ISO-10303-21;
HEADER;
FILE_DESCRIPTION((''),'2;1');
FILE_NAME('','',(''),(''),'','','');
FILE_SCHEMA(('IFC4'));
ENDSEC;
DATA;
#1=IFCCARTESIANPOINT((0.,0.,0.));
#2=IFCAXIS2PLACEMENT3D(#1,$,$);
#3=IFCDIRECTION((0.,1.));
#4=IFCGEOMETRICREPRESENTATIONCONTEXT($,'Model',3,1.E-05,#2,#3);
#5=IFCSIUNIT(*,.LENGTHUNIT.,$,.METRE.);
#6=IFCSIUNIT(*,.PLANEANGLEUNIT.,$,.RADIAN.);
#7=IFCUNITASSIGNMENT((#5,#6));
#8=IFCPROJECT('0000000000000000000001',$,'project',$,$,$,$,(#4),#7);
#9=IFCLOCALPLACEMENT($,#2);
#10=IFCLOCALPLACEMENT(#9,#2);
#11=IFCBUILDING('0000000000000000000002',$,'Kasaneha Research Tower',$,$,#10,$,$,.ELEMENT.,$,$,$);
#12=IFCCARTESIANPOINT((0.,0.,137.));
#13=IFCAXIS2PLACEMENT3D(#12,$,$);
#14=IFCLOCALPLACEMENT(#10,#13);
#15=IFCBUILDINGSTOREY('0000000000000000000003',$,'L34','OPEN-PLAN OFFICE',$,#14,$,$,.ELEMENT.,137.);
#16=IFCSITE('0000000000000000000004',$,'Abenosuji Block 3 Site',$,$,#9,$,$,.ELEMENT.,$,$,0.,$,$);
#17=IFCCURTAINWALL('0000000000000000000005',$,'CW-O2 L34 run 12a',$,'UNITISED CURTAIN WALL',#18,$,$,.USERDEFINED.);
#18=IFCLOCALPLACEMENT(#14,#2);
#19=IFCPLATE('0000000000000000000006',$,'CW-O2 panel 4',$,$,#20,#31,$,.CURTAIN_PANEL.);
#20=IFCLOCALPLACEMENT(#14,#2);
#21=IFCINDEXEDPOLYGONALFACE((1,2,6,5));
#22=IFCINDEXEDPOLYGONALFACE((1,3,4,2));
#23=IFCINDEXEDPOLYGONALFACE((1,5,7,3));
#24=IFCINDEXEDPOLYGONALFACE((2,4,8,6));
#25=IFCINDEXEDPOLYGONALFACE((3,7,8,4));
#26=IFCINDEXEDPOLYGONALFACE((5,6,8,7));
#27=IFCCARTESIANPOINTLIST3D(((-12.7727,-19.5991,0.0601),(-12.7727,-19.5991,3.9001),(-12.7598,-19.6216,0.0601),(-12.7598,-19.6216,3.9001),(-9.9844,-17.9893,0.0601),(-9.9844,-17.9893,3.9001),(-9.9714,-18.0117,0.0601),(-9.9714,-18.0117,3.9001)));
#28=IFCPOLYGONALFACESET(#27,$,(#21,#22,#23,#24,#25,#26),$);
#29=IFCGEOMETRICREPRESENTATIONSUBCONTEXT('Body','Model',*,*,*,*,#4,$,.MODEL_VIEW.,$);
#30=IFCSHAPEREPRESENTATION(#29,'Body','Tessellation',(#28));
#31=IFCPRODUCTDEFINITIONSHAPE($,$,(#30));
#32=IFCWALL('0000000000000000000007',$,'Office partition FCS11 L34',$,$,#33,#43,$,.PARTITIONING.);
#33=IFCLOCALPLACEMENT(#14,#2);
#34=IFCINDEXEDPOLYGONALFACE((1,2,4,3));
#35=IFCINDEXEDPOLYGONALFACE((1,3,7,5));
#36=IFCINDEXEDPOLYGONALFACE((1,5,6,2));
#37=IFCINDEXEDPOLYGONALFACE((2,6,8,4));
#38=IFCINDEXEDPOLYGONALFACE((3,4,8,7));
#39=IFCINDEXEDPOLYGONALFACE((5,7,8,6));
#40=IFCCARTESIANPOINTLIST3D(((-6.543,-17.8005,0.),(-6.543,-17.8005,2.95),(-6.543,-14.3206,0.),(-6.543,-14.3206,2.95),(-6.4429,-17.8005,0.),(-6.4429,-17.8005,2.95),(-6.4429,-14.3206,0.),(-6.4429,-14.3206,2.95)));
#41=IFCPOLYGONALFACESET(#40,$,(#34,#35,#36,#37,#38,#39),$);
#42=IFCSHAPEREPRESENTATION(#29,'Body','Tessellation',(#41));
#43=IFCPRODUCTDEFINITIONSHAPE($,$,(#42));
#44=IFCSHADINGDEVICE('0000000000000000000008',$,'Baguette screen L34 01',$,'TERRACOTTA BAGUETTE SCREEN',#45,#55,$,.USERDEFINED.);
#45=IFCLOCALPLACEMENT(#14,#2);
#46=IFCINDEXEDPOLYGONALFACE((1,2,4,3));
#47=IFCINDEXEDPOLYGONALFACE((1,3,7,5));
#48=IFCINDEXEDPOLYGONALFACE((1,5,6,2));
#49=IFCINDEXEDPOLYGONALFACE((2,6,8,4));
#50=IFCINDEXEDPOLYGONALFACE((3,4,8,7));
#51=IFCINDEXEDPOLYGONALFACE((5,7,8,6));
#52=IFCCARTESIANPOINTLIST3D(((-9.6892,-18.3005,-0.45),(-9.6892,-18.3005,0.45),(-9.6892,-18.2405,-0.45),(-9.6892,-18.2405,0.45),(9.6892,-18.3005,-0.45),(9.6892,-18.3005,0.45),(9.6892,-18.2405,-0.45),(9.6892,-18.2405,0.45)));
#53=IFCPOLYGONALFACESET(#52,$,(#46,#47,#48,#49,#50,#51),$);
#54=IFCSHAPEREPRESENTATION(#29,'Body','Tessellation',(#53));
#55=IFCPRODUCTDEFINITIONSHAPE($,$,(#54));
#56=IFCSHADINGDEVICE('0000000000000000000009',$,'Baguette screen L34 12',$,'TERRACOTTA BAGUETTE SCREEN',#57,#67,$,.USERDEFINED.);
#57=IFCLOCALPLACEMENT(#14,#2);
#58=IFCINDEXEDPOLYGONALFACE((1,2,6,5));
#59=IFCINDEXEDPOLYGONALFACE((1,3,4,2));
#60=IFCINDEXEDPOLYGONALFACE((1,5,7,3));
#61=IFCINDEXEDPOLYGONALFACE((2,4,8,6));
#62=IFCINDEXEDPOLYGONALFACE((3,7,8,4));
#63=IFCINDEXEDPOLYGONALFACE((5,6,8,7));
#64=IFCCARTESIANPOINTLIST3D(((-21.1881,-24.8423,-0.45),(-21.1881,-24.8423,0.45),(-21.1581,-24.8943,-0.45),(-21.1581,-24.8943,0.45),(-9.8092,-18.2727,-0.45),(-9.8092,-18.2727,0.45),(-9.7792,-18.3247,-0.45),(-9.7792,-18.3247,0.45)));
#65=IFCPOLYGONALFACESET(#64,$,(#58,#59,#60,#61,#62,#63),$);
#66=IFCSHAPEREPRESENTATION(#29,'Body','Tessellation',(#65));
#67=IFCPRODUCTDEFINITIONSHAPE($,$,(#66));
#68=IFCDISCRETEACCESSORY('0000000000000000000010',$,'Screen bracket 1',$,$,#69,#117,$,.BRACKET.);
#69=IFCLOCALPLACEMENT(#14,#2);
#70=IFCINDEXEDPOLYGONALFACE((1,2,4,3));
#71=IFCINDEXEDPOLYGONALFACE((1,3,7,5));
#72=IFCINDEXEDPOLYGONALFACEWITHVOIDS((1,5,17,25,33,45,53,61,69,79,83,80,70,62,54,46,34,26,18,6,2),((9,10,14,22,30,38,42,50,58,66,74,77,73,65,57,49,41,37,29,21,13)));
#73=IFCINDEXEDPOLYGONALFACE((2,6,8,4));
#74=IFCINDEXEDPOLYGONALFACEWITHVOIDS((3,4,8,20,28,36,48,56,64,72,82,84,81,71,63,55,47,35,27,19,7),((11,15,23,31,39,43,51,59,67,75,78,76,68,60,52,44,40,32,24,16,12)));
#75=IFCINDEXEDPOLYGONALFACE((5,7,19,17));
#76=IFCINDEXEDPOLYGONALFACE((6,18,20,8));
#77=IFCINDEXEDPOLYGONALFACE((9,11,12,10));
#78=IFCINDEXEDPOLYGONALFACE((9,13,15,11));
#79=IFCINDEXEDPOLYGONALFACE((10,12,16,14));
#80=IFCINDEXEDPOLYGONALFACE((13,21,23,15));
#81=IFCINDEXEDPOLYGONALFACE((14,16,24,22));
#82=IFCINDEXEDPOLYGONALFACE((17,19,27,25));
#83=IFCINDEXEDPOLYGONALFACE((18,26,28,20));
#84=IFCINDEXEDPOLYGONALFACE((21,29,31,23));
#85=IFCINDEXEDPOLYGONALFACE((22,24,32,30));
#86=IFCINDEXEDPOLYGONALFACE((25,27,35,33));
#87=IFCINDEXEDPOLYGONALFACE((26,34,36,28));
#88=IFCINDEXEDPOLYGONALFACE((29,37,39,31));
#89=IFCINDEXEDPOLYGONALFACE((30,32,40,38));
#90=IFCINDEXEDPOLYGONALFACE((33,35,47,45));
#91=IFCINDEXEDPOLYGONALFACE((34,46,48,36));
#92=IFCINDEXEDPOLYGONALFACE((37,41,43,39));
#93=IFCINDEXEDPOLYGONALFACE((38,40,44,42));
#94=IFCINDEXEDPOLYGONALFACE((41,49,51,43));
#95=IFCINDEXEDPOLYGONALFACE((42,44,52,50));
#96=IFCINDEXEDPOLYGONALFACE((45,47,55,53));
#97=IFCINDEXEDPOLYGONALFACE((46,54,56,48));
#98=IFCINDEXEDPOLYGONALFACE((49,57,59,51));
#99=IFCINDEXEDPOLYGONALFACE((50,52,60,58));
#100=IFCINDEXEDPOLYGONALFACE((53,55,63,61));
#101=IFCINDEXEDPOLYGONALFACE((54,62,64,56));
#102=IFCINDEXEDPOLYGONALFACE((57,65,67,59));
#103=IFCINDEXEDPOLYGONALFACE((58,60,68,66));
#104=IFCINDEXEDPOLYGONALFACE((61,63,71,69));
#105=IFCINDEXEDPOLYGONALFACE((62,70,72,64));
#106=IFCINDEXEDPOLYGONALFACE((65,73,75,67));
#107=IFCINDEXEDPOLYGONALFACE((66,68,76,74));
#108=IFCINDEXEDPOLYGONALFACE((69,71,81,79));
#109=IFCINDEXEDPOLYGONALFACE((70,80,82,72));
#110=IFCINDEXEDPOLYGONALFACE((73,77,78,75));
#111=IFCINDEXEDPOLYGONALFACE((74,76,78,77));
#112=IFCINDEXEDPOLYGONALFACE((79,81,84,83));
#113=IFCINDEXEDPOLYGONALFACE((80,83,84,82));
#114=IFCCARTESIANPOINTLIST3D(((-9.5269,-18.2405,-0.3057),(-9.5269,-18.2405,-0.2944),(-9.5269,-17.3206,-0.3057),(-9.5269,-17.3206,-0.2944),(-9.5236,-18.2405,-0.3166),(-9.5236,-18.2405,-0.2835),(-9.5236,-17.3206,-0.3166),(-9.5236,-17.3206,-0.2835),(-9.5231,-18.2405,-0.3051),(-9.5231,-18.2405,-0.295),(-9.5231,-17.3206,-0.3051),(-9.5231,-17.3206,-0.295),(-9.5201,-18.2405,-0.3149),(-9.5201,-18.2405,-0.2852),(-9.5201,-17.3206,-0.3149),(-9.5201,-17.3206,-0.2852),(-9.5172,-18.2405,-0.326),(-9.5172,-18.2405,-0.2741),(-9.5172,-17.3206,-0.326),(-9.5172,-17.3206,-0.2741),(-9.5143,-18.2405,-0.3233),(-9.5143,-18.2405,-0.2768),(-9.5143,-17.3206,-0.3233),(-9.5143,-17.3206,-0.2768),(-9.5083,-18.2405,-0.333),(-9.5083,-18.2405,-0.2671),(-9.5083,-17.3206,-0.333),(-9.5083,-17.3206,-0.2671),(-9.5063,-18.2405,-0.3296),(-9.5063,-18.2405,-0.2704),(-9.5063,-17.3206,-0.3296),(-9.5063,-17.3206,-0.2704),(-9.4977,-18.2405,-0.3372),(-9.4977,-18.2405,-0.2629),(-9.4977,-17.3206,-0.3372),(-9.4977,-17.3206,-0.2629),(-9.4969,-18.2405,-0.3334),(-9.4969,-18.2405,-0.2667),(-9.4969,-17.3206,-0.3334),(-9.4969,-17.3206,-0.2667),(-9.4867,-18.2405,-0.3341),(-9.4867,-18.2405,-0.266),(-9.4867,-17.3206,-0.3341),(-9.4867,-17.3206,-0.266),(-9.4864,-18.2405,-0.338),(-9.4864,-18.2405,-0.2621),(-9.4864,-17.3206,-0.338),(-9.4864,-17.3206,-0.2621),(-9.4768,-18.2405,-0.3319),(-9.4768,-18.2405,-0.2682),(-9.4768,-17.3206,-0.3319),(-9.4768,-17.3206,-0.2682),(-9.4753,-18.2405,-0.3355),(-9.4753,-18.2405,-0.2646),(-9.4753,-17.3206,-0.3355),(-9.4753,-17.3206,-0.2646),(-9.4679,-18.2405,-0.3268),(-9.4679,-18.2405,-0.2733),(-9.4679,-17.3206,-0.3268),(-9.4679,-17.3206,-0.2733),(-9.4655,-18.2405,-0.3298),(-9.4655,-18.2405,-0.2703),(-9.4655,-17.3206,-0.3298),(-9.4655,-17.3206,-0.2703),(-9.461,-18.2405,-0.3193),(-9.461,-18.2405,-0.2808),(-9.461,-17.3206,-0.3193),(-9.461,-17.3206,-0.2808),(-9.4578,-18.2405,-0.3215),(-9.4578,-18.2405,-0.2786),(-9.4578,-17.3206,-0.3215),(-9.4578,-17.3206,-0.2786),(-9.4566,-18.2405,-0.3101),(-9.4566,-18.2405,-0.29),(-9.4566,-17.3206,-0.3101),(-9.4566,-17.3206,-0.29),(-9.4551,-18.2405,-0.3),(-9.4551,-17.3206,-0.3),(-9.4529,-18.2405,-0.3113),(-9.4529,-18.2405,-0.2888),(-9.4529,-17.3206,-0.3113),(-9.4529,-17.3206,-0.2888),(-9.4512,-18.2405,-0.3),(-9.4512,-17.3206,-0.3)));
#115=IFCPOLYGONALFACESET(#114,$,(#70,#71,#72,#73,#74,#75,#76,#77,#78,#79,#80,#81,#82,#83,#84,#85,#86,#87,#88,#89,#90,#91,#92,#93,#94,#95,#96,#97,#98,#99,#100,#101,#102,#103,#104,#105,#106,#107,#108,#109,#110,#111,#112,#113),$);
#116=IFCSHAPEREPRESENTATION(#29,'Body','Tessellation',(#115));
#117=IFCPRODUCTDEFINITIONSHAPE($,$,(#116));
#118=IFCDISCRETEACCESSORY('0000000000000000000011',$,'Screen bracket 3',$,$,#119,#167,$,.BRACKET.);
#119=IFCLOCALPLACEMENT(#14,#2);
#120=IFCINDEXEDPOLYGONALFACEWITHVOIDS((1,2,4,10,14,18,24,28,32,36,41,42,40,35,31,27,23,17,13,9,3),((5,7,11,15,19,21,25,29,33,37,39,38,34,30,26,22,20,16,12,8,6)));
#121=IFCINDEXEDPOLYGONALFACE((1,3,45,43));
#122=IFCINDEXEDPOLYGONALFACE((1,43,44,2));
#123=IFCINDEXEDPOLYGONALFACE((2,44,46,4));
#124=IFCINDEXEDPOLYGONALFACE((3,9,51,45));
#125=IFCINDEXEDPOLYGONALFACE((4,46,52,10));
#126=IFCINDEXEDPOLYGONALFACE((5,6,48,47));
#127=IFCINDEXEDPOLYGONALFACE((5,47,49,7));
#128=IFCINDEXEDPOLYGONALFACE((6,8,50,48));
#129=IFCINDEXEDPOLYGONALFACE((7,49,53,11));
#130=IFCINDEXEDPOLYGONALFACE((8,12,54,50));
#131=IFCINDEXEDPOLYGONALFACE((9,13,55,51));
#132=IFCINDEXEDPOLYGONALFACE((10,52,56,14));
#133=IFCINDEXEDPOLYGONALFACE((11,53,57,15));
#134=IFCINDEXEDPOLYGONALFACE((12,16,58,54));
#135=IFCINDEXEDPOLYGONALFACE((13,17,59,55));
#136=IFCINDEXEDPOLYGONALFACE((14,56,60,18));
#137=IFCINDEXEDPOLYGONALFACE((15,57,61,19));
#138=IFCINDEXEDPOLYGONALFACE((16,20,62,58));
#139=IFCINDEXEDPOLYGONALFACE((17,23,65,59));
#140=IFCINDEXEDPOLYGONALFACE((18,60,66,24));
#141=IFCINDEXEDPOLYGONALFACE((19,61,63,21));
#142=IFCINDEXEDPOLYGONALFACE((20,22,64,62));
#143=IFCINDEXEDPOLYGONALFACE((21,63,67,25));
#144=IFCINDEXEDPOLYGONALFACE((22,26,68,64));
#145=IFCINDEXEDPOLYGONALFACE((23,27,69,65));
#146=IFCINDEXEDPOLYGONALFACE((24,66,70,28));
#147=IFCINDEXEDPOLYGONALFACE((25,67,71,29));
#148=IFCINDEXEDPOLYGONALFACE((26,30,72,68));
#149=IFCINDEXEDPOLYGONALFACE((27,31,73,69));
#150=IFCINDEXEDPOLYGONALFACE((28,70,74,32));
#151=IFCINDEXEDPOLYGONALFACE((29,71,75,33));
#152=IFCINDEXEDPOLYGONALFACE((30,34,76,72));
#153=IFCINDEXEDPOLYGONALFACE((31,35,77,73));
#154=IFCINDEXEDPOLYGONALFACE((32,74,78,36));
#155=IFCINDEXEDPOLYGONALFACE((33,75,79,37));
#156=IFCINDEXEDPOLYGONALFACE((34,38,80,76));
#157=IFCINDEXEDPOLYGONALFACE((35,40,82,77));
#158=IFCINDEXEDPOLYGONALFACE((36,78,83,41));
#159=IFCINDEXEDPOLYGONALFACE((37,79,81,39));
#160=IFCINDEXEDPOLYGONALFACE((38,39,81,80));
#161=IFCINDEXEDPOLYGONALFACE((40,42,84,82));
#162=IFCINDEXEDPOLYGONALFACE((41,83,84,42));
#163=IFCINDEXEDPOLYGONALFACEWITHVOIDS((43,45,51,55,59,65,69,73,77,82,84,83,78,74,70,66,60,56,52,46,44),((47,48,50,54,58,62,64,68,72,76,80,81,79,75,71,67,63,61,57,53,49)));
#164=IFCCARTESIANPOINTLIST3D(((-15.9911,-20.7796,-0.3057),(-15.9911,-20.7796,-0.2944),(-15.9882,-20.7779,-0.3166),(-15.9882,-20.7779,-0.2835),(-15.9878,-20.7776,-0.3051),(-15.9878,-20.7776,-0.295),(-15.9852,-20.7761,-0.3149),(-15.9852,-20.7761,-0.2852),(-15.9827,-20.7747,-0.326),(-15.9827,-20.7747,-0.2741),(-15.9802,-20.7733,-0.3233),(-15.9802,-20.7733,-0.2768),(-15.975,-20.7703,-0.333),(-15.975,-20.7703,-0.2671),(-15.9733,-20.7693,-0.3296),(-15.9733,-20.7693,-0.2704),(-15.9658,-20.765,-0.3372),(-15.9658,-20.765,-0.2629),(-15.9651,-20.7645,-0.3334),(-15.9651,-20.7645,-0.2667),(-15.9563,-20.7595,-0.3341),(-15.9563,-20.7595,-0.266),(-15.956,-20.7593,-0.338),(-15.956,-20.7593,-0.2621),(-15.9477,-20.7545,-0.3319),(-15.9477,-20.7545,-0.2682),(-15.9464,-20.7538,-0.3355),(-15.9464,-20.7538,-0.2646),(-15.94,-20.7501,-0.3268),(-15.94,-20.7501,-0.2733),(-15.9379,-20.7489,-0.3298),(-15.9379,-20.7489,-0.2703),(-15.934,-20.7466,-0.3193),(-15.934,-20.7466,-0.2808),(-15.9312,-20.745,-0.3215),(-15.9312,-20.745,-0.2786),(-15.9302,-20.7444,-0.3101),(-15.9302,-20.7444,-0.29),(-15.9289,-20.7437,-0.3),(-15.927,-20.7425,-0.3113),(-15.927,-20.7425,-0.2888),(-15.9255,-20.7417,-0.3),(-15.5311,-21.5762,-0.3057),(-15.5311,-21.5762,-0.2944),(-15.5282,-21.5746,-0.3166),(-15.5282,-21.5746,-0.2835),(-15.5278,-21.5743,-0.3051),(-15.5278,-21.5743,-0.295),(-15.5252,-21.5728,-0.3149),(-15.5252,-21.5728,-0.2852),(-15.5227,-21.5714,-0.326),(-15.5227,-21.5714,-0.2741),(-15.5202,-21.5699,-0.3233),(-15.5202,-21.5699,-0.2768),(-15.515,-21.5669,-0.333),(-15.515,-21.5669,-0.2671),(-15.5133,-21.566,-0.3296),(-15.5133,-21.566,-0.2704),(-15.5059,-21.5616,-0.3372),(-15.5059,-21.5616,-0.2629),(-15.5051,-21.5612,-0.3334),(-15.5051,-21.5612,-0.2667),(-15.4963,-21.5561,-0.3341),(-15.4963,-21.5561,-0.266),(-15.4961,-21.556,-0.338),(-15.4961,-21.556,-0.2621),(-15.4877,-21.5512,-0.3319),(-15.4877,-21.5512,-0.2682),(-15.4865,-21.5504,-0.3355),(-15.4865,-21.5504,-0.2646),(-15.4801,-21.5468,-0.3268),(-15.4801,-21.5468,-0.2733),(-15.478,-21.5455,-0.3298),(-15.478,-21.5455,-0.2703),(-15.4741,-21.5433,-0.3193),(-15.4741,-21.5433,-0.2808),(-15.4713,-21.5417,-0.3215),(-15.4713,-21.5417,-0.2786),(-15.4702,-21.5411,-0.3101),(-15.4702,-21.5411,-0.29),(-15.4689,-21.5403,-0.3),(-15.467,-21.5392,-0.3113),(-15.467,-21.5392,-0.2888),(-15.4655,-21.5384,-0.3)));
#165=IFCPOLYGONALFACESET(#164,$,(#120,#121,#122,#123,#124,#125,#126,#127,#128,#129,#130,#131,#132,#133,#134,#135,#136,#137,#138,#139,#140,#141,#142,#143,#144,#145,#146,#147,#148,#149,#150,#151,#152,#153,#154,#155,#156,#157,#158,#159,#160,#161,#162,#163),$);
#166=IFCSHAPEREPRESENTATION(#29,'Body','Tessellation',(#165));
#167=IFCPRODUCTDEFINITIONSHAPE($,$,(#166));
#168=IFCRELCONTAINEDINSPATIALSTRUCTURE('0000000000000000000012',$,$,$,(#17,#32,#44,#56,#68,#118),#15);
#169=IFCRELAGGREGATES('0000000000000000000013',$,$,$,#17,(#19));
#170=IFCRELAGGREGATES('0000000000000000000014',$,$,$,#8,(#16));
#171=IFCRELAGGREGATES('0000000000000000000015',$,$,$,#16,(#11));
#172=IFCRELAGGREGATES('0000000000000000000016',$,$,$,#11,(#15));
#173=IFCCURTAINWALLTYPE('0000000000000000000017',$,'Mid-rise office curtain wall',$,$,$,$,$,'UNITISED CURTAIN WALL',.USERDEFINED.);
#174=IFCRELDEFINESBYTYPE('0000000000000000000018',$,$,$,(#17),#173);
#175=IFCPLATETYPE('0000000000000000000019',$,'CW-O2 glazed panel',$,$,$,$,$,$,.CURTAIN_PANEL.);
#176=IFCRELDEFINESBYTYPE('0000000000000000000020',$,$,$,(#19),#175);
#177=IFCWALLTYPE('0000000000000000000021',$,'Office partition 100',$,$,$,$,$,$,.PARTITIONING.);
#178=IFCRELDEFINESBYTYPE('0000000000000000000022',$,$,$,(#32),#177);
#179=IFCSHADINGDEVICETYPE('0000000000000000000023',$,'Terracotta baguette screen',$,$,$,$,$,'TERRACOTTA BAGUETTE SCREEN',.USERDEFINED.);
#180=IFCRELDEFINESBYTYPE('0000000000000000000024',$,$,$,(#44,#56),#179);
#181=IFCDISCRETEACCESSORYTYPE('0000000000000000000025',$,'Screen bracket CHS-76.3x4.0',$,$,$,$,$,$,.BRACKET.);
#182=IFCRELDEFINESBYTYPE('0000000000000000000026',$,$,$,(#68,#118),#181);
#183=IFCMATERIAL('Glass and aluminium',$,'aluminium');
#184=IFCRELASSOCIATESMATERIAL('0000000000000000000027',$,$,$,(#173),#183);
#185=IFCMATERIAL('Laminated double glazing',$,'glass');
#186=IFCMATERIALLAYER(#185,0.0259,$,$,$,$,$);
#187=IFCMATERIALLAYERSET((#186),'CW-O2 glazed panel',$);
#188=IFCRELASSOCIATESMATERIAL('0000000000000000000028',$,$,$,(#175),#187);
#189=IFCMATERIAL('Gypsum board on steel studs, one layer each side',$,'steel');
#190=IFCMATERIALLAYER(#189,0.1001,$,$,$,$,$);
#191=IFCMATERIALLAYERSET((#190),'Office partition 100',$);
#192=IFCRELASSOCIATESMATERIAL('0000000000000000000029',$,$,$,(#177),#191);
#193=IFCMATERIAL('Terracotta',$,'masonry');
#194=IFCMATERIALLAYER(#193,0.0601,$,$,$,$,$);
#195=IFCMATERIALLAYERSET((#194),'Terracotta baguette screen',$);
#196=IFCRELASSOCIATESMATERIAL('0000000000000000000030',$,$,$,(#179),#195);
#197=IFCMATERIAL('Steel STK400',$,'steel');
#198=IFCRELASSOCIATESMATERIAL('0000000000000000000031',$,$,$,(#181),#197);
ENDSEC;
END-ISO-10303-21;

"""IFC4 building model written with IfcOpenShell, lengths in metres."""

from ifc_helpers import new_model, si_unit, direction, frame, frame_2d, origin, origin_2d, place, context, subcontext, project, spatial, rectangle, hollow_circle, extrude, material, layer, layer_set, material_profile, profile_set, type_object, element, aggregate, save


model = new_model("IFC4")

# Units and contexts
model_context = context("Model", 3, precision=1e-05, world=origin(), true_north=direction((0.0, 1.0)))
body_context = subcontext(model_context, "Body", "Model", "MODEL_VIEW")
ifc_project = project(units=[si_unit("LENGTHUNIT", "METRE"), si_unit("PLANEANGLEUNIT", "RADIAN")], contexts=[model_context])

# Site, building, storey
site_placement = place(None, origin())
site = spatial("IfcSite", under=ifc_project, at=site_placement, Name="Abenosuji Block 3 Site", CompositionType="ELEMENT", RefElevation=0.0)
building_placement = place(site_placement, origin())
building = spatial("IfcBuilding", under=site, at=building_placement, Name="Kasaneha Research Tower", CompositionType="ELEMENT")
storey_placement = place(building_placement, frame((0.0, 0.0, 137.0)))
storey = spatial("IfcBuildingStorey", under=building, at=storey_placement, Name="L34", Description="OPEN-PLAN OFFICE", CompositionType="ELEMENT", Elevation=137.0)

# Curtain wall
ifc_material_1 = material(Name="Glass and aluminium", Category="aluminium")
curtain_wall_type = type_object("IfcCurtainWallType", Name="Mid-rise office curtain wall", ElementType="UNITISED CURTAIN WALL", PredefinedType="USERDEFINED", material=ifc_material_1)
curtain_wall_1_placement = place(storey_placement, origin())
curtain_wall_1 = element("IfcCurtainWall", 1, at=curtain_wall_1_placement, inside=storey, type_object=curtain_wall_type, Name="CW-O2 L34 run 12a", ObjectType="UNITISED CURTAIN WALL", PredefinedType="USERDEFINED")

# Plate
ifc_material_2 = material(Name="Laminated double glazing", Category="glass")
ifc_layer_1 = layer(ifc_material_2, 0.0259)
ifc_layer_set_1 = layer_set([ifc_layer_1], Name="CW-O2 glazed panel")
plate_type = type_object("IfcPlateType", Name="CW-O2 glazed panel", PredefinedType="CURTAIN_PANEL", material=ifc_layer_set_1)
plate_1_placement = place(storey_placement, frame((-11.3721, -18.8054, 0.0601), z_axis=(0.0, 0.0, 1.0), x_axis=(0.866025, 0.5, 0.0)))
plate_1 = element("IfcPlate", 2, at=plate_1_placement, type_object=plate_type, Name="CW-O2 panel 4", PredefinedType="CURTAIN_PANEL", context=body_context, shape_type="SweptSolid", body=[
    extrude(rectangle(XDim=3.2197, YDim=0.0259, at=origin_2d()), origin(), (0.0, 0.0, 1.0), 3.8401),
])
aggregate(curtain_wall_1, [plate_1])

# Wall
ifc_material_3 = material(Name="Gypsum board on steel studs, one layer each side", Category="steel")
ifc_layer_2 = layer(ifc_material_3, 0.1001)
ifc_layer_set_2 = layer_set([ifc_layer_2], Name="Office partition 100")
wall_type = type_object("IfcWallType", Name="Office partition 100", PredefinedType="PARTITIONING", material=ifc_layer_set_2)
wall_placement = place(storey_placement, frame((-6.4929, -17.8005, 0.0), z_axis=(0.0, 0.0, 1.0), x_axis=(0.0, 1.0, 0.0)))
element("IfcWall", 3, at=wall_placement, inside=storey, type_object=wall_type, Name="Office partition FCS11 L34", PredefinedType="PARTITIONING", context=body_context, shape_type="SweptSolid", body=[
    extrude(rectangle(XDim=3.48, YDim=0.1001, at=frame_2d((1.74, 0.0))), origin(), (0.0, 0.0, 1.0), 2.95),
])

# Shading devices
ifc_material_4 = material(Name="Terracotta", Category="masonry")
ifc_layer_3 = layer(ifc_material_4, 0.0601)
ifc_layer_set_3 = layer_set([ifc_layer_3], Name="Terracotta baguette screen")
shading_device_type = type_object("IfcShadingDeviceType", Name="Terracotta baguette screen", ElementType="TERRACOTTA BAGUETTE SCREEN", PredefinedType="USERDEFINED", material=ifc_layer_set_3)
shading_device_1_placement = place(storey_placement, frame((0.0, -18.2705, -0.45), z_axis=(0.0, 0.0, 1.0), x_axis=(1.0, 0.0, 0.0)))
element("IfcShadingDevice", 4, at=shading_device_1_placement, inside=storey, type_object=shading_device_type, Name="Baguette screen L34 01", ObjectType="TERRACOTTA BAGUETTE SCREEN", PredefinedType="USERDEFINED", context=body_context, shape_type="SweptSolid", body=[
    extrude(rectangle(XDim=19.3784, YDim=0.0601, at=origin_2d()), origin(), (0.0, 0.0, 1.0), 0.8999),
])
shading_device_2_placement = place(storey_placement, frame((-15.4836, -21.5835, -0.45), z_axis=(0.0, 0.0, 1.0), x_axis=(0.866025, 0.5, 0.0)))
element("IfcShadingDevice", 5, at=shading_device_2_placement, inside=storey, type_object=shading_device_type, Name="Baguette screen L34 12", ObjectType="TERRACOTTA BAGUETTE SCREEN", PredefinedType="USERDEFINED", context=body_context, shape_type="SweptSolid", body=[
    extrude(rectangle(XDim=13.1392, YDim=0.0601, at=origin_2d()), origin(), (0.0, 0.0, 1.0), 0.8999),
])

# Discrete accessories
ifc_material_5 = material(Name="Steel STK400", Category="steel")
ifc_material_profile_1 = material_profile(ifc_material_5, hollow_circle(Radius=0.0381, WallThickness=0.0039, at=origin_2d()), Name="CHS-76.3x4.0")
ifc_profile_set_1 = profile_set([ifc_material_profile_1], Name="Steel STK400")
discrete_accessory_type = type_object("IfcDiscreteAccessoryType", Name="Screen bracket CHS-76.3x4.0", PredefinedType="BRACKET", material=ifc_profile_set_1)
for number, where, z_axis, x_axis, name in (
    (6, (-9.4893, -17.3206, -0.3), (0.0, -1.0, 0.0), (1.0, 0.0, 0.0), "Screen bracket 1"),
    (7, (-15.9585, -20.7607, -0.3), (0.500021, -0.866013, 0.0), (0.866013, 0.500021, 0.0), "Screen bracket 3"),
):
    element("IfcDiscreteAccessory", number, at=place(storey_placement, frame(where, z_axis=z_axis, x_axis=x_axis)), inside=storey, type_object=discrete_accessory_type, Name=name, PredefinedType="BRACKET", context=body_context, shape_type="SweptSolid", body=[
        extrude(hollow_circle(Radius=0.0381, WallThickness=0.0039, at=origin_2d()), origin(), (0.0, 0.0, 1.0), 0.9199),
    ])

save(model, "model.ifc")
